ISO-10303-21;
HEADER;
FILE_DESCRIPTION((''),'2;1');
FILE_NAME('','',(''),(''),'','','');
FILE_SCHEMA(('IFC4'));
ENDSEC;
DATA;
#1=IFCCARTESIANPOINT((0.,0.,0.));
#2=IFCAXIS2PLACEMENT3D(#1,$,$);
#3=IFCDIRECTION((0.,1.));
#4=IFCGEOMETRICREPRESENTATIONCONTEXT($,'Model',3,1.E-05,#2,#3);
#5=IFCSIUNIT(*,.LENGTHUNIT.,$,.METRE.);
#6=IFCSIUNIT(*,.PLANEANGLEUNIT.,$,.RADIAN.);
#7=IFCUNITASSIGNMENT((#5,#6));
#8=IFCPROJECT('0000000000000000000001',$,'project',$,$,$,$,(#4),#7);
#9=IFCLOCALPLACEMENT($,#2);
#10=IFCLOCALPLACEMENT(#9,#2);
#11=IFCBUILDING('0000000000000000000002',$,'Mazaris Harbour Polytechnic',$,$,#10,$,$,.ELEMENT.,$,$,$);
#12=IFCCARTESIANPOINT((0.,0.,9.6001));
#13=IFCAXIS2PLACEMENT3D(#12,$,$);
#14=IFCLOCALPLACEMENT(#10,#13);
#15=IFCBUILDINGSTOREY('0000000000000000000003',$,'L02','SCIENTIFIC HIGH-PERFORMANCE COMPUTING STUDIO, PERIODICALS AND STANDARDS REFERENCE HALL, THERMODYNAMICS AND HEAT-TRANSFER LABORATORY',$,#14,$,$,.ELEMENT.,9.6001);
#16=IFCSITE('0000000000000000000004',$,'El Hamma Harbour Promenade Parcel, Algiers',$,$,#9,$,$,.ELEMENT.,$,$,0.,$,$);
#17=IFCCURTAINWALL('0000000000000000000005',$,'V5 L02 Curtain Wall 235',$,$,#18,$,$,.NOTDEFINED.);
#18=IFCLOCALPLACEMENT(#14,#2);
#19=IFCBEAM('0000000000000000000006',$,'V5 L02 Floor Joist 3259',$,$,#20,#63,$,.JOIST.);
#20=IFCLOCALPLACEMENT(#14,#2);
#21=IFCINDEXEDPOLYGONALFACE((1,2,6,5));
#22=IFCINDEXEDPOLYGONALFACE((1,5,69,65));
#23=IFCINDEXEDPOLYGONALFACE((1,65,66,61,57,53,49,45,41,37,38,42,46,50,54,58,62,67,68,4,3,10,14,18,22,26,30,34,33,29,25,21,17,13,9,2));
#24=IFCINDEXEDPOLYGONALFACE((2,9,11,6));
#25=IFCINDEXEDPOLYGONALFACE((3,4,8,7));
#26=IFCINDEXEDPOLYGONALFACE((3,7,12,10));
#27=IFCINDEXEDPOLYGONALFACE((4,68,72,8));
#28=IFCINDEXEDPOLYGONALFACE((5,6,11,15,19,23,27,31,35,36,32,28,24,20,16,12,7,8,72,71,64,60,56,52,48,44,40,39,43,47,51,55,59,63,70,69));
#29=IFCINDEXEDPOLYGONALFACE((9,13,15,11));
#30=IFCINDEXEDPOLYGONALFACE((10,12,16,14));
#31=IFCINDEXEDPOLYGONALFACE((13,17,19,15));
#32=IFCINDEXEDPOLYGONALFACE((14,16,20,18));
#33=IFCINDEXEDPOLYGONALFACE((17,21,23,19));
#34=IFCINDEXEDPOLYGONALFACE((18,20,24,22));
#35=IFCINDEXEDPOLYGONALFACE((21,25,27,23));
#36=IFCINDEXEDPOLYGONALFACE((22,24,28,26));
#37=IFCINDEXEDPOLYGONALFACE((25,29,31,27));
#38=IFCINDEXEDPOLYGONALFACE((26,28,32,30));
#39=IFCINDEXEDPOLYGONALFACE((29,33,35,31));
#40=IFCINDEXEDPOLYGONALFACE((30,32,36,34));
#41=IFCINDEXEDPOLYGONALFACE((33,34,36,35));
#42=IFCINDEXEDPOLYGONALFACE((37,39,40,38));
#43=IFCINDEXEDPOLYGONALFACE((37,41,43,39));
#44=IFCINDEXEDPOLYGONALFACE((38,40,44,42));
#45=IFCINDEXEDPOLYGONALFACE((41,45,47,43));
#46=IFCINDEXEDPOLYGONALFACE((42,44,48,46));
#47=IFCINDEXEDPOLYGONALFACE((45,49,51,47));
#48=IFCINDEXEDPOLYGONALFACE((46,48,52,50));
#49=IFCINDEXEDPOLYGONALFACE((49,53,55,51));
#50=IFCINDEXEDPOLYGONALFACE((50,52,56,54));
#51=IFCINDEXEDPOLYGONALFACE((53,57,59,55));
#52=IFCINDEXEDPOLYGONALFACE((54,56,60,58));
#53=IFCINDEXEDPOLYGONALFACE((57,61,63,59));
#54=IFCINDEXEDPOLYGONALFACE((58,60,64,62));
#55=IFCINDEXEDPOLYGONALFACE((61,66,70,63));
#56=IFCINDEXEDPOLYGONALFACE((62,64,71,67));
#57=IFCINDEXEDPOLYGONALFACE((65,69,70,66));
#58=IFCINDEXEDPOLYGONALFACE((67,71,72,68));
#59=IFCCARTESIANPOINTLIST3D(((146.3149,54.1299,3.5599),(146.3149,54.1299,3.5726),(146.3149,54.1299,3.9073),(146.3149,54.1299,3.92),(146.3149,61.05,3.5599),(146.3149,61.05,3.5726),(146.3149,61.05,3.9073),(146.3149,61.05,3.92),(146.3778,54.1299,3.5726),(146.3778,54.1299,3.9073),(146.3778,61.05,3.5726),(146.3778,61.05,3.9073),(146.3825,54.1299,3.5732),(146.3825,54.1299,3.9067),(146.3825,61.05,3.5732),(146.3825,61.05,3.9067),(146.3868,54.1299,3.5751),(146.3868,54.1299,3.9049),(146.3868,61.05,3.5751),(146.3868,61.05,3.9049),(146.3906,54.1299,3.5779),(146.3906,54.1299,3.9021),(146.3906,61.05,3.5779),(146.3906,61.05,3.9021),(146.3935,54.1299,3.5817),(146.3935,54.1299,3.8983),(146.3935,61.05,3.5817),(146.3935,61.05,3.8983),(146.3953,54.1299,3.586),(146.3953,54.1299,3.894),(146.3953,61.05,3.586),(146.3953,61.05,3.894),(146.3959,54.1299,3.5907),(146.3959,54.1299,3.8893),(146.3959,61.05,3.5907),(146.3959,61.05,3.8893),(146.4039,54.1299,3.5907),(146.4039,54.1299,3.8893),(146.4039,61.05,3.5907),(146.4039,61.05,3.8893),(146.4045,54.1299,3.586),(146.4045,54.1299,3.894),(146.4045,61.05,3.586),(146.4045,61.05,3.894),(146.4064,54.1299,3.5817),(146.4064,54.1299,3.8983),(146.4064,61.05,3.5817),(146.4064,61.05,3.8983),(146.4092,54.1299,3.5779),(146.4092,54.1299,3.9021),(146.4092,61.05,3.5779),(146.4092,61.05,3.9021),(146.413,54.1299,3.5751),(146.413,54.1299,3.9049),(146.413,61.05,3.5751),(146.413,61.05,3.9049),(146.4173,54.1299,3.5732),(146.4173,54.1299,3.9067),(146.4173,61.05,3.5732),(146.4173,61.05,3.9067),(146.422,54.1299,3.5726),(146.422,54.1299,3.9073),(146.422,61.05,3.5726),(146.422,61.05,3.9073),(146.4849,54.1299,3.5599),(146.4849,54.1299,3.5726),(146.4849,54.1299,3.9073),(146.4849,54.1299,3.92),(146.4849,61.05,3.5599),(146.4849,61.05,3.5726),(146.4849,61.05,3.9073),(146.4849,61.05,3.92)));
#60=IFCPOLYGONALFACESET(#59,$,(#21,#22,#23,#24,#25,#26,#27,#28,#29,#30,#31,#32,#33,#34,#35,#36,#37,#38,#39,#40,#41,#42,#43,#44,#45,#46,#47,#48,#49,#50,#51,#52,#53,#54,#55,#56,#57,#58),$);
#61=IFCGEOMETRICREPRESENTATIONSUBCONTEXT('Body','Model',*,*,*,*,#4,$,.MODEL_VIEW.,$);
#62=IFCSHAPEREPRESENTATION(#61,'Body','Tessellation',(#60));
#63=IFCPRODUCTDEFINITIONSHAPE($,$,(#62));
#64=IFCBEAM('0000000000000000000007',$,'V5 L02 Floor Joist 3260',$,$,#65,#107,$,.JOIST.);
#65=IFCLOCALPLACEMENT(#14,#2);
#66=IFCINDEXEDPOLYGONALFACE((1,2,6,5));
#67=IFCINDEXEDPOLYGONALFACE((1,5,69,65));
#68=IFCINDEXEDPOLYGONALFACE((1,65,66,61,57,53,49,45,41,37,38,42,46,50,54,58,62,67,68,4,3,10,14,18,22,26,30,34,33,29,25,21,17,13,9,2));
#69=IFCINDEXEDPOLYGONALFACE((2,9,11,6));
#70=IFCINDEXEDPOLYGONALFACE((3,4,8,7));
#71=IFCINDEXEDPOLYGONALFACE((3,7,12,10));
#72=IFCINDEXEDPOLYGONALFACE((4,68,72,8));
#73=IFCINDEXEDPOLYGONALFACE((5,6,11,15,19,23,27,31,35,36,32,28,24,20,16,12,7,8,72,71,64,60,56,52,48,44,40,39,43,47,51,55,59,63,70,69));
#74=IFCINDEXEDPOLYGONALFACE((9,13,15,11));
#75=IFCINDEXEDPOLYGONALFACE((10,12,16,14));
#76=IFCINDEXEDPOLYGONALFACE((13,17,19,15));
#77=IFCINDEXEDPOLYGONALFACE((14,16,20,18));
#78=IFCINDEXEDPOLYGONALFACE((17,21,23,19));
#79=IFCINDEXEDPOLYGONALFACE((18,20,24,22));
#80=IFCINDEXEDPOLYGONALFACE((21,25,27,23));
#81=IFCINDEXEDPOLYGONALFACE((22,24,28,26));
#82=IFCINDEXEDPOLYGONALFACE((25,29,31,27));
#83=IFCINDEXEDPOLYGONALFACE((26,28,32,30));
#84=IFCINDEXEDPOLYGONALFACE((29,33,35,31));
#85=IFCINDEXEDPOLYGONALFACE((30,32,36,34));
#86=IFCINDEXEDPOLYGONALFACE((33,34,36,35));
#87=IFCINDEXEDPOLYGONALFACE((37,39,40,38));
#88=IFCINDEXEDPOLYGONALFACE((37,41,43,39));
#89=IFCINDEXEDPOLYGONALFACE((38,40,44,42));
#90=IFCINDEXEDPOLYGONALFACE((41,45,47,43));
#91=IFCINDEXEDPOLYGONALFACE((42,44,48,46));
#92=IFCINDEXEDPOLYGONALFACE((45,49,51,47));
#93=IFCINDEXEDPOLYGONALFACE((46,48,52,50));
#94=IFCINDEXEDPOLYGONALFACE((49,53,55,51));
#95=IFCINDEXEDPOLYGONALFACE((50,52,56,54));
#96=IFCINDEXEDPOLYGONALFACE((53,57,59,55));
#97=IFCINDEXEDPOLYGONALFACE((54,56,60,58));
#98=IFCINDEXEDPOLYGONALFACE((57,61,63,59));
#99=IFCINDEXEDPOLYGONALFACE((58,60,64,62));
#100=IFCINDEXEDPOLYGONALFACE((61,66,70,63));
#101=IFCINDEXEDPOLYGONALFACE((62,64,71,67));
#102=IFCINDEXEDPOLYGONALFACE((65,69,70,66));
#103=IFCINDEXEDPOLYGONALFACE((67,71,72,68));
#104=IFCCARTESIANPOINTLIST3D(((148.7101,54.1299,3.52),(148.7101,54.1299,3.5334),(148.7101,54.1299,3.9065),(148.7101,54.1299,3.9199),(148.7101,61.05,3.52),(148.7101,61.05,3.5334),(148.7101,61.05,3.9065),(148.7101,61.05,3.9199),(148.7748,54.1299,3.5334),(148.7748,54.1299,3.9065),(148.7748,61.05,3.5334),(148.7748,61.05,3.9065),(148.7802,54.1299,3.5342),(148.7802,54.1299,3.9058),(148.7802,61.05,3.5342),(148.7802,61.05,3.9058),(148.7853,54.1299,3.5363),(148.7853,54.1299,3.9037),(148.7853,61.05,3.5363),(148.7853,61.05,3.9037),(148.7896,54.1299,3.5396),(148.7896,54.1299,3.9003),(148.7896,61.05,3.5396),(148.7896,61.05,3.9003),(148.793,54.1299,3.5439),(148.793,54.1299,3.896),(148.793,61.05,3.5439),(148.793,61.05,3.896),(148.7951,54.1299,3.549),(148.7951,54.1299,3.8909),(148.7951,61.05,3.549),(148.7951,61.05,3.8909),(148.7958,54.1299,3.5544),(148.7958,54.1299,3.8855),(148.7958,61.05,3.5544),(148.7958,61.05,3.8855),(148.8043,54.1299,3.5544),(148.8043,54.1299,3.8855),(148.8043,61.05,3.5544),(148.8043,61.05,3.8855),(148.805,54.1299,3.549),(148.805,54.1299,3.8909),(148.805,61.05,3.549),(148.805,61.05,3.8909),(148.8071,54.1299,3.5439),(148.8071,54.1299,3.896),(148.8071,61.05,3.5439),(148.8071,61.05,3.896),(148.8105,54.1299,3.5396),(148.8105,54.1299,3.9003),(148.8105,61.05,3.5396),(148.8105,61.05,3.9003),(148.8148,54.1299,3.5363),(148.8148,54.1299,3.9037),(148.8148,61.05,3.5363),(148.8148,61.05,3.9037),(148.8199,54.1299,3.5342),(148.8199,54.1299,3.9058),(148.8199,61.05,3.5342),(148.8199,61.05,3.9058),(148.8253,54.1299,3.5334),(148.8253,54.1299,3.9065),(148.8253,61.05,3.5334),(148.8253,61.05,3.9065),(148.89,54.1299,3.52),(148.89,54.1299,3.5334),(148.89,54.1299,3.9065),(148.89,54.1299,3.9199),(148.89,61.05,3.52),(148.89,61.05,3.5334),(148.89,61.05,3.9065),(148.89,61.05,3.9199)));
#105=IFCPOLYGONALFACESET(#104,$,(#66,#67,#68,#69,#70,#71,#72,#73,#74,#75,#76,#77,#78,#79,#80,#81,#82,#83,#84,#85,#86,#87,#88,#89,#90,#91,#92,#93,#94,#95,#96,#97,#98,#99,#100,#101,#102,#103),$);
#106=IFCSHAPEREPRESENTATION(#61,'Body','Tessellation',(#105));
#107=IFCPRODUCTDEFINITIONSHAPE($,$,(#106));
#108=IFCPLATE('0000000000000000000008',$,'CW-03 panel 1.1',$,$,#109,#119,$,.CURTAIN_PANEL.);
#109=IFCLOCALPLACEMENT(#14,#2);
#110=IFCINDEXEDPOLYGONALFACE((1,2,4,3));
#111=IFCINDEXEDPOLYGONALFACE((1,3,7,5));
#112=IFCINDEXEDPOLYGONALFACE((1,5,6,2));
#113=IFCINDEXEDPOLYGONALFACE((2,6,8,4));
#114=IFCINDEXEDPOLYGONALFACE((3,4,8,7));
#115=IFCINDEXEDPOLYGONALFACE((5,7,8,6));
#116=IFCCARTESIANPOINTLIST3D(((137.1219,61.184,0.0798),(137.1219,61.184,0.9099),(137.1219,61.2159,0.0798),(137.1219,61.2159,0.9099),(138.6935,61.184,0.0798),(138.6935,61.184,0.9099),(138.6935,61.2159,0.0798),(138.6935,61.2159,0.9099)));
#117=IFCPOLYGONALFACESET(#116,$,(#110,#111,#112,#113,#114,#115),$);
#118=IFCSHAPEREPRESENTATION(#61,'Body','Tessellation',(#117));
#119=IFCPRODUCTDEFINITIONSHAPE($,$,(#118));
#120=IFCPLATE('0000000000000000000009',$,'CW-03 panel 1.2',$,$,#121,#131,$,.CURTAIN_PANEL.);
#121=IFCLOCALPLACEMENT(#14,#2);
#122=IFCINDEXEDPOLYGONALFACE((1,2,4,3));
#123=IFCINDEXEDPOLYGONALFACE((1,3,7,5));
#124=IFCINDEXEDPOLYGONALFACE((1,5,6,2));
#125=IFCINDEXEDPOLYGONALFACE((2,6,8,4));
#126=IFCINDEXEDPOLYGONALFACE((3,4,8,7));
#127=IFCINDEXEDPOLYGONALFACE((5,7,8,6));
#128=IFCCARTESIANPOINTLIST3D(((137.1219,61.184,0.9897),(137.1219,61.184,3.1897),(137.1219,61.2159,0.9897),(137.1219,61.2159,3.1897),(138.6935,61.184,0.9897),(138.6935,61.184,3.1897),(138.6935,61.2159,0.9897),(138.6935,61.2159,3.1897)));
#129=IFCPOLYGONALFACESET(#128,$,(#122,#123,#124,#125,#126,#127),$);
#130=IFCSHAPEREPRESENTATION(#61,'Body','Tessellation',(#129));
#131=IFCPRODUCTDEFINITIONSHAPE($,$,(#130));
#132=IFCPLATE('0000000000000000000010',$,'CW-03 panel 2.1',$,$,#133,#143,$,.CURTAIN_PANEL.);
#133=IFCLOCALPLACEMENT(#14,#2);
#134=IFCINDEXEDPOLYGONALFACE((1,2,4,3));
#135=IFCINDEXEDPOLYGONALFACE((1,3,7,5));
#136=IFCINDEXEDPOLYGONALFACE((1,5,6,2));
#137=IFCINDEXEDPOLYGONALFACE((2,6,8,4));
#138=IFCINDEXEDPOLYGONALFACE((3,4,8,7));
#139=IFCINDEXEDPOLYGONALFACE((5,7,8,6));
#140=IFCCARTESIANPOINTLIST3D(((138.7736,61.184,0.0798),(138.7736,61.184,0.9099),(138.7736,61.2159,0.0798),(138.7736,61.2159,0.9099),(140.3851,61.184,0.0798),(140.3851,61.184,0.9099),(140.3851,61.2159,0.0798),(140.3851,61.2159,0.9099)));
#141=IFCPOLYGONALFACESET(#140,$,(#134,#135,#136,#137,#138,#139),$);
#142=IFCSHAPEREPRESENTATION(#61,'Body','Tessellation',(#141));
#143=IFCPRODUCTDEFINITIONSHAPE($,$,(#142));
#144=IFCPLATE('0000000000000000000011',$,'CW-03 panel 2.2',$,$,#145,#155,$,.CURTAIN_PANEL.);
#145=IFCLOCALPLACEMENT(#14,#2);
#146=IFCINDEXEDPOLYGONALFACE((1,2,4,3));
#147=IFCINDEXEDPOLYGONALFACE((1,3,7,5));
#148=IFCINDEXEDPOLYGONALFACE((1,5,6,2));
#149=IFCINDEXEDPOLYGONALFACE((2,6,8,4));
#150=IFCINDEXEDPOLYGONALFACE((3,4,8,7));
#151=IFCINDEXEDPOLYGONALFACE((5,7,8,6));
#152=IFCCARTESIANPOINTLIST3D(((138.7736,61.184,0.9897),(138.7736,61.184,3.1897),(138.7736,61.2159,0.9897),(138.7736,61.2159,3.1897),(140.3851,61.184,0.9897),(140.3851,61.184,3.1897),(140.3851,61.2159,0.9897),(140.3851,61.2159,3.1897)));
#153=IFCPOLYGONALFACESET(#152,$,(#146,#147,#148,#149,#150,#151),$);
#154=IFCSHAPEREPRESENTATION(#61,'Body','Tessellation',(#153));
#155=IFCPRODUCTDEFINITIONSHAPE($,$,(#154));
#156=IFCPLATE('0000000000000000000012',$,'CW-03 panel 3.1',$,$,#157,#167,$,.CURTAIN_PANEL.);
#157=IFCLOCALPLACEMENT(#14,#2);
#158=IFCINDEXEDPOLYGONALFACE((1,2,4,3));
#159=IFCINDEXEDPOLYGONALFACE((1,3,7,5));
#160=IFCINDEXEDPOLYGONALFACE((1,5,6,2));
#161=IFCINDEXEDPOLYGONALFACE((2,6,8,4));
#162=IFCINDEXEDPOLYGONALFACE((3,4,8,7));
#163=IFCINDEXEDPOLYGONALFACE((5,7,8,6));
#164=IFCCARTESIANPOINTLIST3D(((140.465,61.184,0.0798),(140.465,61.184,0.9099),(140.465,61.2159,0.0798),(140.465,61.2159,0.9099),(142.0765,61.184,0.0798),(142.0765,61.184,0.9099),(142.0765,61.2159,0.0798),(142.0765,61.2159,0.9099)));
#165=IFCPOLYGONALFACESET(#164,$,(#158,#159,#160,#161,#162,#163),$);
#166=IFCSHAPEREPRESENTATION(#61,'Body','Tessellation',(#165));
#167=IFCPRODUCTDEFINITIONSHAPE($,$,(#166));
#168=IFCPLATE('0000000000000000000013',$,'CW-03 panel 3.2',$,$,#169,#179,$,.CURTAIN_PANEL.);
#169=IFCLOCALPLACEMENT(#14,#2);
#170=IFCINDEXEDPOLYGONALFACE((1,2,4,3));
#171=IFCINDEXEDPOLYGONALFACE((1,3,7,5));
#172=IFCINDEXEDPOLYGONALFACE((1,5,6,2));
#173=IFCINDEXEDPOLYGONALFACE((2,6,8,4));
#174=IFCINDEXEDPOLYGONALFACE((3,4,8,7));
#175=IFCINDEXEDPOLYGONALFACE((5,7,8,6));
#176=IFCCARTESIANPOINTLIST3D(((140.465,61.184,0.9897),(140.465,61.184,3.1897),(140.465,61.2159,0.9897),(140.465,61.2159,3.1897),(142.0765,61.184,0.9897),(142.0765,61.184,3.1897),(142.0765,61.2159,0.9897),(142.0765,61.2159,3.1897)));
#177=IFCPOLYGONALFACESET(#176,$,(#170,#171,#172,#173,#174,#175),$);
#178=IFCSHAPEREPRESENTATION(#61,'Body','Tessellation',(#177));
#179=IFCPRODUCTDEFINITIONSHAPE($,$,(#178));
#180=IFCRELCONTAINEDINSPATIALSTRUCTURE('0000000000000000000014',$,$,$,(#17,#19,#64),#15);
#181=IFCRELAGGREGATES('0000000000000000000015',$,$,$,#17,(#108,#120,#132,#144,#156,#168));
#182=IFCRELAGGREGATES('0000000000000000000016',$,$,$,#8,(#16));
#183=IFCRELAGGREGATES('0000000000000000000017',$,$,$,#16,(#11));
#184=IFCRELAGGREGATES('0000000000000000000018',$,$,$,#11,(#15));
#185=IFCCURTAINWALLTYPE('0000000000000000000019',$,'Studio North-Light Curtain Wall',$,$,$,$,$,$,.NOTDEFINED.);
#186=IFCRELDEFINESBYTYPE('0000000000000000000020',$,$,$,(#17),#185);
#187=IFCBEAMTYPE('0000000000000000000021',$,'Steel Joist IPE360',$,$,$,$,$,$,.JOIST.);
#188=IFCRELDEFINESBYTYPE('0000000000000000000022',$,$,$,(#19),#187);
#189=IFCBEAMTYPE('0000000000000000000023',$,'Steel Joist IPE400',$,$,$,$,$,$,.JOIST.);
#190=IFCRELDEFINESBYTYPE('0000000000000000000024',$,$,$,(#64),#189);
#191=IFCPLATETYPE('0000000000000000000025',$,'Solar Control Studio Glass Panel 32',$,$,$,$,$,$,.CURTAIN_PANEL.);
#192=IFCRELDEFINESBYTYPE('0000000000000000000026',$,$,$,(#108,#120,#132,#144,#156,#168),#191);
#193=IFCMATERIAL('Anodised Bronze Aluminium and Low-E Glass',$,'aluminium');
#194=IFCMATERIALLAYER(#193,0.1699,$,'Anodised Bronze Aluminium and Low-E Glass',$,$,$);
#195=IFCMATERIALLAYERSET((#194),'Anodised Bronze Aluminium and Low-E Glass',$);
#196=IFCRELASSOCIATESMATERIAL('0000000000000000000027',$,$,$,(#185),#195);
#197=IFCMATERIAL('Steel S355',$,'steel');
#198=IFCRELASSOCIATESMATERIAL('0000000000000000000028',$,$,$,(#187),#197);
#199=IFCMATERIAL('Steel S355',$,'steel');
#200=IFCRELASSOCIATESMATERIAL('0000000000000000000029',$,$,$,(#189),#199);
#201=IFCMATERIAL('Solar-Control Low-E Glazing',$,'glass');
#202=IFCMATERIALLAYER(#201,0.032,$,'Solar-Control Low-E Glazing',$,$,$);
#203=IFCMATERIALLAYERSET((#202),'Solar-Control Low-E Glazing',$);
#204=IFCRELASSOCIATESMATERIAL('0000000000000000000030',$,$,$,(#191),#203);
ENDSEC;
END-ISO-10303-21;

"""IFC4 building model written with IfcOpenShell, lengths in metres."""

from ifc_helpers import new_model, si_unit, direction, frame, origin, origin_2d, place, context, subcontext, project, spatial, rectangle, i_section, extrude, material, layer, layer_set, material_profile, profile_set, type_object, element, aggregate, save


model = new_model("IFC4")

# Units and contexts
model_context = context("Model", 3, precision=1e-05, world=origin(), true_north=direction((0.0, 1.0)))
body_context = subcontext(model_context, "Body", "Model", "MODEL_VIEW")
ifc_project = project(units=[si_unit("LENGTHUNIT", "METRE"), si_unit("PLANEANGLEUNIT", "RADIAN")], contexts=[model_context])

# Site, building, storey
site_placement = place(None, origin())
site = spatial("IfcSite", under=ifc_project, at=site_placement, Name="El Hamma Harbour Promenade Parcel, Algiers", CompositionType="ELEMENT", RefElevation=0.0)
building_placement = place(site_placement, origin())
building = spatial("IfcBuilding", under=site, at=building_placement, Name="Mazaris Harbour Polytechnic", CompositionType="ELEMENT")
storey_placement = place(building_placement, frame((0.0, 0.0, 9.6001)))
storey = spatial("IfcBuildingStorey", under=building, at=storey_placement, Name="L02", Description="SCIENTIFIC HIGH-PERFORMANCE COMPUTING STUDIO, PERIODICALS AND STANDARDS REFERENCE HALL, THERMODYNAMICS AND HEAT-TRANSFER LABORATORY", CompositionType="ELEMENT", Elevation=9.6001)

# Curtain wall
ifc_material_1 = material(Name="Anodised Bronze Aluminium and Low-E Glass", Category="aluminium")
ifc_layer_1 = layer(ifc_material_1, 0.1699, Name="Anodised Bronze Aluminium and Low-E Glass")
ifc_layer_set_1 = layer_set([ifc_layer_1], Name="Anodised Bronze Aluminium and Low-E Glass")
curtain_wall_type = type_object("IfcCurtainWallType", Name="Studio North-Light Curtain Wall", PredefinedType="NOTDEFINED", material=ifc_layer_set_1)
curtain_wall_placement = place(storey_placement, origin())
curtain_wall = element("IfcCurtainWall", 1, at=curtain_wall_placement, inside=storey, type_object=curtain_wall_type, Name="V5 L02 Curtain Wall 235", PredefinedType="NOTDEFINED")

# Beams
ifc_material_2 = material(Name="Steel S355", Category="steel")
ifc_material_profile_1 = material_profile(ifc_material_2, i_section(OverallWidth=0.1699, OverallDepth=0.3601, WebThickness=0.0081, FlangeThickness=0.0127, FilletRadius=0.0181, at=origin_2d()), Name="IPE 360")
ifc_profile_set_1 = profile_set([ifc_material_profile_1], Name="Steel S355")
beam_type_1 = type_object("IfcBeamType", Name="Steel Joist IPE360", PredefinedType="JOIST", material=ifc_profile_set_1)
beam_1_placement = place(storey_placement, frame((146.3999, 54.1299, 3.74), z_axis=(0.0, 1.0, 0.0), x_axis=(-1.0, 0.0, 0.0)))
element("IfcBeam", 2, at=beam_1_placement, inside=storey, type_object=beam_type_1, Name="V5 L02 Floor Joist 3259", PredefinedType="JOIST", context=body_context, shape_type="SweptSolid", body=[
    extrude(i_section(OverallWidth=0.1699, OverallDepth=0.3601, WebThickness=0.0081, FlangeThickness=0.0127, FilletRadius=0.0181, at=origin_2d()), origin(), (0.0, 0.0, 1.0), 6.9202),
])
ifc_material_3 = material(Name="Steel S355", Category="steel")
ifc_material_profile_2 = material_profile(ifc_material_3, i_section(OverallWidth=0.1799, OverallDepth=0.3999, WebThickness=0.0085, FlangeThickness=0.0134, FilletRadius=0.021, at=origin_2d()), Name="IPE 400")
ifc_profile_set_2 = profile_set([ifc_material_profile_2], Name="Steel S355")
beam_type_2 = type_object("IfcBeamType", Name="Steel Joist IPE400", PredefinedType="JOIST", material=ifc_profile_set_2)
beam_2_placement = place(storey_placement, frame((148.8, 54.1299, 3.72), z_axis=(0.0, 1.0, 0.0), x_axis=(-1.0, 0.0, 0.0)))
element("IfcBeam", 3, at=beam_2_placement, inside=storey, type_object=beam_type_2, Name="V5 L02 Floor Joist 3260", PredefinedType="JOIST", context=body_context, shape_type="SweptSolid", body=[
    extrude(i_section(OverallWidth=0.1799, OverallDepth=0.3999, WebThickness=0.0085, FlangeThickness=0.0134, FilletRadius=0.021, at=origin_2d()), origin(), (0.0, 0.0, 1.0), 6.9202),
])

# Plates
ifc_material_4 = material(Name="Solar-Control Low-E Glazing", Category="glass")
ifc_layer_2 = layer(ifc_material_4, 0.032, Name="Solar-Control Low-E Glazing")
ifc_layer_set_2 = layer_set([ifc_layer_2], Name="Solar-Control Low-E Glazing")
plate_type = type_object("IfcPlateType", Name="Solar Control Studio Glass Panel 32", PredefinedType="CURTAIN_PANEL", material=ifc_layer_set_2)
plate_1_placement = place(storey_placement, frame((137.9077, 61.2, 0.0798), z_axis=(0.0, 0.0, 1.0), x_axis=(1.0, 0.0, 0.0)))
plate_1 = element("IfcPlate", 4, at=plate_1_placement, type_object=plate_type, Name="CW-03 panel 1.1", PredefinedType="CURTAIN_PANEL", context=body_context, shape_type="SweptSolid", body=[
    extrude(rectangle(XDim=1.5715, YDim=0.032, at=origin_2d()), origin(), (0.0, 0.0, 1.0), 0.8301),
])
plate_2_placement = place(storey_placement, frame((137.9077, 61.2, 0.9897), z_axis=(0.0, 0.0, 1.0), x_axis=(1.0, 0.0, 0.0)))
plate_2 = element("IfcPlate", 5, at=plate_2_placement, type_object=plate_type, Name="CW-03 panel 1.2", PredefinedType="CURTAIN_PANEL", context=body_context, shape_type="SweptSolid", body=[
    extrude(rectangle(XDim=1.5715, YDim=0.032, at=origin_2d()), origin(), (0.0, 0.0, 1.0), 2.2),
])
plate_3_placement = place(storey_placement, frame((139.5793, 61.2, 0.0798), z_axis=(0.0, 0.0, 1.0), x_axis=(1.0, 0.0, 0.0)))
plate_3 = element("IfcPlate", 6, at=plate_3_placement, type_object=plate_type, Name="CW-03 panel 2.1", PredefinedType="CURTAIN_PANEL", context=body_context, shape_type="SweptSolid", body=[
    extrude(rectangle(XDim=1.6116, YDim=0.032, at=origin_2d()), origin(), (0.0, 0.0, 1.0), 0.8301),
])
plate_4_placement = place(storey_placement, frame((139.5793, 61.2, 0.9897), z_axis=(0.0, 0.0, 1.0), x_axis=(1.0, 0.0, 0.0)))
plate_4 = element("IfcPlate", 7, at=plate_4_placement, type_object=plate_type, Name="CW-03 panel 2.2", PredefinedType="CURTAIN_PANEL", context=body_context, shape_type="SweptSolid", body=[
    extrude(rectangle(XDim=1.6116, YDim=0.032, at=origin_2d()), origin(), (0.0, 0.0, 1.0), 2.2),
])
plate_5_placement = place(storey_placement, frame((141.2708, 61.2, 0.0798), z_axis=(0.0, 0.0, 1.0), x_axis=(1.0, 0.0, 0.0)))
plate_5 = element("IfcPlate", 8, at=plate_5_placement, type_object=plate_type, Name="CW-03 panel 3.1", PredefinedType="CURTAIN_PANEL", context=body_context, shape_type="SweptSolid", body=[
    extrude(rectangle(XDim=1.6116, YDim=0.032, at=origin_2d()), origin(), (0.0, 0.0, 1.0), 0.8301),
])
plate_6_placement = place(storey_placement, frame((141.2708, 61.2, 0.9897), z_axis=(0.0, 0.0, 1.0), x_axis=(1.0, 0.0, 0.0)))
plate_6 = element("IfcPlate", 9, at=plate_6_placement, type_object=plate_type, Name="CW-03 panel 3.2", PredefinedType="CURTAIN_PANEL", context=body_context, shape_type="SweptSolid", body=[
    extrude(rectangle(XDim=1.6116, YDim=0.032, at=origin_2d()), origin(), (0.0, 0.0, 1.0), 2.2),
])
aggregate(curtain_wall, [plate_1, plate_2, plate_3, plate_4, plate_5, plate_6])

save(model, "model.ifc")
